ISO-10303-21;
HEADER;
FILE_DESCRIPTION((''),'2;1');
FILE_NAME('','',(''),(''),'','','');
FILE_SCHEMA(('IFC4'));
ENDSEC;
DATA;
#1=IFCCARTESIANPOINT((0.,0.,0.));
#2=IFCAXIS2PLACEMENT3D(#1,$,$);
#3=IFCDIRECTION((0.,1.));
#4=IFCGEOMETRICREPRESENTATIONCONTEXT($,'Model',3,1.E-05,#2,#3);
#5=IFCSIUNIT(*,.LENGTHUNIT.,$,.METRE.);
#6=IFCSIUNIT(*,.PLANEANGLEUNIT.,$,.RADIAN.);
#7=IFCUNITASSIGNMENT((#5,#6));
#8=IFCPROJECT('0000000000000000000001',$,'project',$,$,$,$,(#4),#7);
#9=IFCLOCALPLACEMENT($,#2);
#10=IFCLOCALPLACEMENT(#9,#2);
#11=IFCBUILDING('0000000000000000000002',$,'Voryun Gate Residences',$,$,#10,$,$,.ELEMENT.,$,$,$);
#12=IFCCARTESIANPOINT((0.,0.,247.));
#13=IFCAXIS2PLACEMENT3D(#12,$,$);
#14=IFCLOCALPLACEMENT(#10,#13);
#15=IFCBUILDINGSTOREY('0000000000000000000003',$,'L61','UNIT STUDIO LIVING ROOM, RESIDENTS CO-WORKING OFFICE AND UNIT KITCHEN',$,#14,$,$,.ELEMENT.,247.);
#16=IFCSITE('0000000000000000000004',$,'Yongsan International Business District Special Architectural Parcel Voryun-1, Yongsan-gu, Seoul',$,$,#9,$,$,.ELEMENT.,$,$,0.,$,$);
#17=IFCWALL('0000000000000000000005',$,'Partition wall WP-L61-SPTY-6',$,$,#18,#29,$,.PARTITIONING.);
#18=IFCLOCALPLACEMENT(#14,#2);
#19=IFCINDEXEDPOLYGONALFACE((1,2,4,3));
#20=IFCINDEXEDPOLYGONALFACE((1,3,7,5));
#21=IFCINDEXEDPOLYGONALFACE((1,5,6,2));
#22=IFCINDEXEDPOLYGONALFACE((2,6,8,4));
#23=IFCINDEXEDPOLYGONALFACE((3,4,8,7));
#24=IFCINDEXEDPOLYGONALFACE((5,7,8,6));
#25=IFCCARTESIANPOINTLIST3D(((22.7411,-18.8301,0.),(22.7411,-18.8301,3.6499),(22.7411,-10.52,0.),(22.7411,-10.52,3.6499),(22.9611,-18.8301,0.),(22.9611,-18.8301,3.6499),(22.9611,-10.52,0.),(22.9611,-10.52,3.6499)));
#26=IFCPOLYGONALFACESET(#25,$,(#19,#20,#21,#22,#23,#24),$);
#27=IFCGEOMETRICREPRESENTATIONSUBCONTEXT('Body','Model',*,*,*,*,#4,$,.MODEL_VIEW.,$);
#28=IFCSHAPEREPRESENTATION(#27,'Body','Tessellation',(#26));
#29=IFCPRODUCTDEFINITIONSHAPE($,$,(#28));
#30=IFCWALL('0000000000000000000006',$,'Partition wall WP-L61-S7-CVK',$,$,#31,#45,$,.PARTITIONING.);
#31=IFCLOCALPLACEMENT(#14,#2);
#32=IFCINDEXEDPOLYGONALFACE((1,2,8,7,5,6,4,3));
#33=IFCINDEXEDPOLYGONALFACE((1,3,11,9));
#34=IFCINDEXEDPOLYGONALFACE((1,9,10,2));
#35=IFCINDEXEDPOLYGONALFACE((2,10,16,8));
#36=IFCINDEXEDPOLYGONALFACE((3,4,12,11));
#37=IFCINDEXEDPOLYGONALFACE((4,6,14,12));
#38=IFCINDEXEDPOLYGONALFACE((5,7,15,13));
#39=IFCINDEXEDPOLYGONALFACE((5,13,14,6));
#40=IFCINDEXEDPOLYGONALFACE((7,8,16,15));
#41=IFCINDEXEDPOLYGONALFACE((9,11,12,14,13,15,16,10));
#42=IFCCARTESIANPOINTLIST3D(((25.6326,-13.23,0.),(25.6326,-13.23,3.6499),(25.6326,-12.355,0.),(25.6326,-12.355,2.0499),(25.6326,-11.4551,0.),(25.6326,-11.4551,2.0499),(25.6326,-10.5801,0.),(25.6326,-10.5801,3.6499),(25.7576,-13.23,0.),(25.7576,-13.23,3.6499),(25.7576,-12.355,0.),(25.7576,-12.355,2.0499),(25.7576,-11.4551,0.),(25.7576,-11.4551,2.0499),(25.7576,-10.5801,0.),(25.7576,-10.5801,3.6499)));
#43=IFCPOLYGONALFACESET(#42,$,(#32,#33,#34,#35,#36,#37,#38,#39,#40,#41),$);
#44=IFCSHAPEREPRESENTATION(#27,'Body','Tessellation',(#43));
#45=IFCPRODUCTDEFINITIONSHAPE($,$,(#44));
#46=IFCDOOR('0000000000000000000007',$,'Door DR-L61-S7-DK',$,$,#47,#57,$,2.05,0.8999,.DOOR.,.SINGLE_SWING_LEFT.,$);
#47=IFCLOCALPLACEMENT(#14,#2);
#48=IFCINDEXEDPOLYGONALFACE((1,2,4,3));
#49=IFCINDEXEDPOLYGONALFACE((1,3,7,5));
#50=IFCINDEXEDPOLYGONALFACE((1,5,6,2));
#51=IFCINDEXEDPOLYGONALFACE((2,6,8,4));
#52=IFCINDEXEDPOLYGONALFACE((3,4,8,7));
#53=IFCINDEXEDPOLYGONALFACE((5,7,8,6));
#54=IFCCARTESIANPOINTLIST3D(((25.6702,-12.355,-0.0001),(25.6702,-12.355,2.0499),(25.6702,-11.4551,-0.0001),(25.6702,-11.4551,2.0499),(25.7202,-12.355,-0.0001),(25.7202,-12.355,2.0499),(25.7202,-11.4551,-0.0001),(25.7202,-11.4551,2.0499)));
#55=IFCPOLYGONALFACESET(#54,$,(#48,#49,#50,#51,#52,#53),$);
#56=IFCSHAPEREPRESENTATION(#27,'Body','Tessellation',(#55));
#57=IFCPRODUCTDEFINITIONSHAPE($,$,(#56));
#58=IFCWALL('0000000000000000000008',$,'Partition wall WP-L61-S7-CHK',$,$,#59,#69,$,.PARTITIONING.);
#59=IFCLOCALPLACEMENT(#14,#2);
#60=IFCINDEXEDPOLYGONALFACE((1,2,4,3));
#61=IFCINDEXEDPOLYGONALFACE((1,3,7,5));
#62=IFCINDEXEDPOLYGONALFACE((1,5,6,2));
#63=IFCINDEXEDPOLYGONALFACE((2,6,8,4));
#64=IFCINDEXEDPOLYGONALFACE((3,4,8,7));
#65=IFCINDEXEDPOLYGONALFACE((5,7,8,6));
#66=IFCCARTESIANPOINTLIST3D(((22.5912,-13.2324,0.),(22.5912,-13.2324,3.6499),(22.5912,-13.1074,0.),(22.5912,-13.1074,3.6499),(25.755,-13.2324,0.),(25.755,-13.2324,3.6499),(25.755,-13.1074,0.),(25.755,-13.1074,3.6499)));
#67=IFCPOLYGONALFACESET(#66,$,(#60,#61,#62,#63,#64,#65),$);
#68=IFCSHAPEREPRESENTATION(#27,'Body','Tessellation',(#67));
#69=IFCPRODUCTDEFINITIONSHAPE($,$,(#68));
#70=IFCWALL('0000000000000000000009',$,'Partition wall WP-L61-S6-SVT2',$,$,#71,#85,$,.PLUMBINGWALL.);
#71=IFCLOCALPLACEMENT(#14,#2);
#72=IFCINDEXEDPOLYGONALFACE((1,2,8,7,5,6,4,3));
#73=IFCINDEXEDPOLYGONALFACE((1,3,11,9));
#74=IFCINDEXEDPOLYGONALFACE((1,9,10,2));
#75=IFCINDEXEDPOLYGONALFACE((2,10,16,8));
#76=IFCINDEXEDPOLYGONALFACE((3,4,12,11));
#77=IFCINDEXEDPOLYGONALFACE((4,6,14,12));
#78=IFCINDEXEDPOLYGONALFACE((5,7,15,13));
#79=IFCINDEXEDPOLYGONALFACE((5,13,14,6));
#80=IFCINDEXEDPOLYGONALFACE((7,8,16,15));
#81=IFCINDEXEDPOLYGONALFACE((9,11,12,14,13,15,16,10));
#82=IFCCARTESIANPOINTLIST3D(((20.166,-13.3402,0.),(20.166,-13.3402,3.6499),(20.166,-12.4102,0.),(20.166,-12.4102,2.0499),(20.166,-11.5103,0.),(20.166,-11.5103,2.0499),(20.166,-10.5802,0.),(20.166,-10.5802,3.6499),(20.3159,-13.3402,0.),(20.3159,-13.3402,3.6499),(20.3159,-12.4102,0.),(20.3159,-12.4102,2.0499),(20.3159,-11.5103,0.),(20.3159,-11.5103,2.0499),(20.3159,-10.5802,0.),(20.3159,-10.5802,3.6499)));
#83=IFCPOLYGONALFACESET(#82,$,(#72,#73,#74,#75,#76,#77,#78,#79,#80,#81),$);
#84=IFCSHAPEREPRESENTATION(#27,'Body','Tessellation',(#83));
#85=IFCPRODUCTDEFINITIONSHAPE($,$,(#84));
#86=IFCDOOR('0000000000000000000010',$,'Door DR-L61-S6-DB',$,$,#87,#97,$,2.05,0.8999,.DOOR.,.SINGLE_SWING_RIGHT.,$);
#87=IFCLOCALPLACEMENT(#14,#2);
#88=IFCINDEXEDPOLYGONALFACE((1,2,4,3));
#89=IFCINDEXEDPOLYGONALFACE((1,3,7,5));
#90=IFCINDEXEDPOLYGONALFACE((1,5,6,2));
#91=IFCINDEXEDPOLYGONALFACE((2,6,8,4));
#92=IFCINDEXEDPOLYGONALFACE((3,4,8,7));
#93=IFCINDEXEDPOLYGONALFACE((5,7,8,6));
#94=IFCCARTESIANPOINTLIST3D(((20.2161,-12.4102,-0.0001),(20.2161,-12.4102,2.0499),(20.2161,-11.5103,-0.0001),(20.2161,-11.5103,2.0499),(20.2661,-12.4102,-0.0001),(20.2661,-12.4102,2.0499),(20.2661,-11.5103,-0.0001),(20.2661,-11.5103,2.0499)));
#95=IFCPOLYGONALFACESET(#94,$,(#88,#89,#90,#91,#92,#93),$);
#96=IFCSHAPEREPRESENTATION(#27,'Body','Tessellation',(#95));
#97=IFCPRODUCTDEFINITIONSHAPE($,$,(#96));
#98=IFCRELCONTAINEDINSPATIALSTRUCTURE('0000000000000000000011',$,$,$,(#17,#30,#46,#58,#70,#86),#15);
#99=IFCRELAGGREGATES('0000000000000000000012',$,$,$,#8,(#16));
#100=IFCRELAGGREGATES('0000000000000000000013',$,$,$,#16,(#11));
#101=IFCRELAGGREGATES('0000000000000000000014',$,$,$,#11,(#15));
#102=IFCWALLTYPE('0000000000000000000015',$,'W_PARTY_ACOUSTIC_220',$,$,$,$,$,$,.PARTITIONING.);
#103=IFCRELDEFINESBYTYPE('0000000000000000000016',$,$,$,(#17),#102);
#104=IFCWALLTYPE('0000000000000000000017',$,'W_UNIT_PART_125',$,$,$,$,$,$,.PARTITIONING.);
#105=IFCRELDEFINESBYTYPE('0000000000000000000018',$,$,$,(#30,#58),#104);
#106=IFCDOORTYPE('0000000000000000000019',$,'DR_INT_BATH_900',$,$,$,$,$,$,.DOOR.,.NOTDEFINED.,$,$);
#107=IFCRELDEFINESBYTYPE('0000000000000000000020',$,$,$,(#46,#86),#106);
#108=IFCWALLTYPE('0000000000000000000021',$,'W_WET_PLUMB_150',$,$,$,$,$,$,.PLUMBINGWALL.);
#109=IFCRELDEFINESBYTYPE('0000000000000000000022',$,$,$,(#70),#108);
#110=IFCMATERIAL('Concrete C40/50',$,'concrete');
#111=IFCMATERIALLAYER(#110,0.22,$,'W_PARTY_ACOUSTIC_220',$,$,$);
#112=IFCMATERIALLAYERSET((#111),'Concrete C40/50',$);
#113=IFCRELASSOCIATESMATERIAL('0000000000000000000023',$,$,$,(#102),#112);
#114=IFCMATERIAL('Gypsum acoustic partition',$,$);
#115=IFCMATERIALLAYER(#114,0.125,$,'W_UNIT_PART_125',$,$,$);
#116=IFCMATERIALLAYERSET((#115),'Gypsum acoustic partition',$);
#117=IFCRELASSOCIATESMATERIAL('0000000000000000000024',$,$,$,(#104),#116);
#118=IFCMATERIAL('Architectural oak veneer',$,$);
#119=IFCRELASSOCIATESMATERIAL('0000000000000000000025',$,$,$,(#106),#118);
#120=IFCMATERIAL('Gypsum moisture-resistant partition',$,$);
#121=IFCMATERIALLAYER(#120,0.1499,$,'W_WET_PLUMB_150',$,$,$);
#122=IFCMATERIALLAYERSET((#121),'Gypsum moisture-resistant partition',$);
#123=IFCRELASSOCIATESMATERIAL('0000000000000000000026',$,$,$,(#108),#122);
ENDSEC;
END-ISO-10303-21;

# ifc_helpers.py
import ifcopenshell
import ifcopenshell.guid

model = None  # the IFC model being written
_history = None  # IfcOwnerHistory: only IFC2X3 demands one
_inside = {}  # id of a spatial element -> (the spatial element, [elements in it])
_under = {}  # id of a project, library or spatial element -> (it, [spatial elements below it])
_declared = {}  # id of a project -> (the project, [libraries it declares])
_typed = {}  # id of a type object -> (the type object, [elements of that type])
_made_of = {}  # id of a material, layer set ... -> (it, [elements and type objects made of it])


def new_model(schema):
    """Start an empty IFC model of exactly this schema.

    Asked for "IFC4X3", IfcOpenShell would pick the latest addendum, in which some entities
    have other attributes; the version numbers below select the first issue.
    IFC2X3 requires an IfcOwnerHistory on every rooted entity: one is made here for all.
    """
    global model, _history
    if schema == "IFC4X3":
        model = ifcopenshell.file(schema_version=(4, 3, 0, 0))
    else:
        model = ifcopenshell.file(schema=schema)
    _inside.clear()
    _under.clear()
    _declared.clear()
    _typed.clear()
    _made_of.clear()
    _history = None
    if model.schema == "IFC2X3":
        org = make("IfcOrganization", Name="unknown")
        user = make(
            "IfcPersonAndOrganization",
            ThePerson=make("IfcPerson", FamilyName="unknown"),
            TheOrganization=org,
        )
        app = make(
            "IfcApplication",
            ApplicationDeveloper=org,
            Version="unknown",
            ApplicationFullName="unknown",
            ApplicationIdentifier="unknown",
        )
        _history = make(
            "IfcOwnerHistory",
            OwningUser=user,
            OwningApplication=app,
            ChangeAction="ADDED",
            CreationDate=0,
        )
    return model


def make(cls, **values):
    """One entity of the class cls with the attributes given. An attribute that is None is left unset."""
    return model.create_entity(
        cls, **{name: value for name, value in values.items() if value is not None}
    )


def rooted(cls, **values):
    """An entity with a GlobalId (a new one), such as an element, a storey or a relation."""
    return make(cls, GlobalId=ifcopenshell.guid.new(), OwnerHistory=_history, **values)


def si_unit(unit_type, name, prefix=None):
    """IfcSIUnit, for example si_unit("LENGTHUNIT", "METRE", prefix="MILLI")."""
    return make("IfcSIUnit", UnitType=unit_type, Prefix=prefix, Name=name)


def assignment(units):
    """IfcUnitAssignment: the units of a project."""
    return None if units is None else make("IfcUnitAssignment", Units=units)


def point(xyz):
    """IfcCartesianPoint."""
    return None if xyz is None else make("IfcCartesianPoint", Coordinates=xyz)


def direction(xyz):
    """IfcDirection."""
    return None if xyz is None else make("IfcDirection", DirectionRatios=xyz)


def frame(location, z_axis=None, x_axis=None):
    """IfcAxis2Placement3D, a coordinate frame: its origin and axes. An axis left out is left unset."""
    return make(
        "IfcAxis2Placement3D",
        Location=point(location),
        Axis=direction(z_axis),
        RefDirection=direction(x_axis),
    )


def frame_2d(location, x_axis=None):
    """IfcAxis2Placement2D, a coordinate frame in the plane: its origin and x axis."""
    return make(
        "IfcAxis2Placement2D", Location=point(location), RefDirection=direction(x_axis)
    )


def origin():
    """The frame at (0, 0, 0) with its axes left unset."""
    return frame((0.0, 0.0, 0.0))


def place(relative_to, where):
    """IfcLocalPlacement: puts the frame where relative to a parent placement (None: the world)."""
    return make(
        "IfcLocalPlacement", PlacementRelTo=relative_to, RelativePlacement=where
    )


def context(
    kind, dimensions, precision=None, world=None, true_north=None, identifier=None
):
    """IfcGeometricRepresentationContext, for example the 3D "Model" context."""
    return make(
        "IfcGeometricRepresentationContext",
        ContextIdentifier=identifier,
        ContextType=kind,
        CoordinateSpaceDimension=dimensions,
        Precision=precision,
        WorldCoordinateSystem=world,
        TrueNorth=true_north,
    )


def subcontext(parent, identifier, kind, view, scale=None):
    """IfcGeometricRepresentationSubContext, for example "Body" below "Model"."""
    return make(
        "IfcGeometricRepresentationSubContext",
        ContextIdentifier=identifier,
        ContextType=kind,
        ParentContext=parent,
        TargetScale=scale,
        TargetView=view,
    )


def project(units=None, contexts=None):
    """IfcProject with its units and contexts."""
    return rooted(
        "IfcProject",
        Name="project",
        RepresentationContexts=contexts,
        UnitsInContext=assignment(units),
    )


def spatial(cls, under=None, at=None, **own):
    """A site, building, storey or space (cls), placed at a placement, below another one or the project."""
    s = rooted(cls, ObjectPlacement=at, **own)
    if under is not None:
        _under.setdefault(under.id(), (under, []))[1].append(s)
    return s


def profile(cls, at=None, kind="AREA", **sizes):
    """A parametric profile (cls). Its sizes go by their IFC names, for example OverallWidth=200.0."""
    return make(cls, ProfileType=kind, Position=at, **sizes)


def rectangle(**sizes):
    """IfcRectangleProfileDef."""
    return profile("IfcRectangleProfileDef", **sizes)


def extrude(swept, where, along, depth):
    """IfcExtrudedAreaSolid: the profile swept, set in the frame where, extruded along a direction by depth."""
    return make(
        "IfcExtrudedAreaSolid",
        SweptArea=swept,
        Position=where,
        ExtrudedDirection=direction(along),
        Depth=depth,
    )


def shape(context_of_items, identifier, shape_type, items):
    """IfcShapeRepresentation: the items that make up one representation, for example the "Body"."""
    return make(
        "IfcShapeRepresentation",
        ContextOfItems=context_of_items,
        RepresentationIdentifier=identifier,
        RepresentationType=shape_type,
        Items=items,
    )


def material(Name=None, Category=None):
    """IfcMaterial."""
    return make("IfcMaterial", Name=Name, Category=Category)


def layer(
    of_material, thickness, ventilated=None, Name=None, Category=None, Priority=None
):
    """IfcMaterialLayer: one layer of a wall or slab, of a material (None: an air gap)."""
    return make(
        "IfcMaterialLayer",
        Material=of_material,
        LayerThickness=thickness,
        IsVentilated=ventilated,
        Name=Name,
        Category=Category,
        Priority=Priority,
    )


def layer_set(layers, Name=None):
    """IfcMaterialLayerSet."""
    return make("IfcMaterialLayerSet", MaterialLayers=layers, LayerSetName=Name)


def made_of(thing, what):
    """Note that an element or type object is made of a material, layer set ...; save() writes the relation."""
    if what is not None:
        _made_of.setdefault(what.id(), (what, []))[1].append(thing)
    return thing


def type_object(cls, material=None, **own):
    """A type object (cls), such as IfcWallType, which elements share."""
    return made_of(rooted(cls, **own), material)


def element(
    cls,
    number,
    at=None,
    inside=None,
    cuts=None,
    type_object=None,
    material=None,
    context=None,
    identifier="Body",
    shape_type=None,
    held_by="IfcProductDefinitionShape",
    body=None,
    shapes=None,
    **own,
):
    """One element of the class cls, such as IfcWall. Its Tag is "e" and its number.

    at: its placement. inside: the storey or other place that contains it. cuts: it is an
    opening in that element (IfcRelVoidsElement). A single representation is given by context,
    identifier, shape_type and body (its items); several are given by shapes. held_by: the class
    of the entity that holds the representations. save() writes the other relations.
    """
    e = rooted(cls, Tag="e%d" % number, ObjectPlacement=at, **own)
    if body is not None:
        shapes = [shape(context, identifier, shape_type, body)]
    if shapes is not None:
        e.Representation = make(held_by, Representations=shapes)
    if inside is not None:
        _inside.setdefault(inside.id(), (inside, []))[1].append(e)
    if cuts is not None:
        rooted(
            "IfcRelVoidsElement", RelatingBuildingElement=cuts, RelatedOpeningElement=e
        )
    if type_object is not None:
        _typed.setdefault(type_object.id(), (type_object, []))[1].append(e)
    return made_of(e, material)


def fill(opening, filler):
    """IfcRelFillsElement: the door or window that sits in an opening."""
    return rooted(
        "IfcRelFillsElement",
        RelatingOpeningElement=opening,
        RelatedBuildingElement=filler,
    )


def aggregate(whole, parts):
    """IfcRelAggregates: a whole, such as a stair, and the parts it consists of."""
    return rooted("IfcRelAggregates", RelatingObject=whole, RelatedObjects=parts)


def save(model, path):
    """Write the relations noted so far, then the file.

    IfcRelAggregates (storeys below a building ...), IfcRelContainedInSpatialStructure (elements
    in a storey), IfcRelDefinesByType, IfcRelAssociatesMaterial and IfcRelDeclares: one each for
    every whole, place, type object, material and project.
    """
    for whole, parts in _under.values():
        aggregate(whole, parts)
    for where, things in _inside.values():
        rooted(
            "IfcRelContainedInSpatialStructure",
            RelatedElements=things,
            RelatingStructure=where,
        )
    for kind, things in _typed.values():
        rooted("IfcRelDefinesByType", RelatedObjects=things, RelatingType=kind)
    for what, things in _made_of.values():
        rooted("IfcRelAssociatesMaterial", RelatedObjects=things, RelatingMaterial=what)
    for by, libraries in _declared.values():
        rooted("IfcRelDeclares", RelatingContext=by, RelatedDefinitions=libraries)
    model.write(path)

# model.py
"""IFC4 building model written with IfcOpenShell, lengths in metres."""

from ifc_helpers import new_model, si_unit, direction, frame, frame_2d, origin, place, context, subcontext, project, spatial, rectangle, extrude, material, layer, layer_set, type_object, element, fill, save


model = new_model("IFC4")

# Units and contexts
model_context = context("Model", 3, precision=1e-05, world=origin(), true_north=direction((0.0, 1.0)))
body_context = subcontext(model_context, "Body", "Model", "MODEL_VIEW")
ifc_project = project(units=[si_unit("LENGTHUNIT", "METRE"), si_unit("PLANEANGLEUNIT", "RADIAN")], contexts=[model_context])

# Site, building, storey
site_placement = place(None, origin())
site = spatial("IfcSite", under=ifc_project, at=site_placement, Name="Yongsan International Business District Special Architectural Parcel Voryun-1, Yongsan-gu, Seoul", CompositionType="ELEMENT", RefElevation=0.0)
building_placement = place(site_placement, origin())
building = spatial("IfcBuilding", under=site, at=building_placement, Name="Voryun Gate Residences", CompositionType="ELEMENT")
storey_placement = place(building_placement, frame((0.0, 0.0, 247.0)))
storey = spatial("IfcBuildingStorey", under=building, at=storey_placement, Name="L61", Description="UNIT STUDIO LIVING ROOM, RESIDENTS CO-WORKING OFFICE AND UNIT KITCHEN", CompositionType="ELEMENT", Elevation=247.0)

# Wall
ifc_material_1 = material(Name="Concrete C40/50", Category="concrete")
ifc_layer_1 = layer(ifc_material_1, 0.22, Name="W_PARTY_ACOUSTIC_220")
ifc_layer_set_1 = layer_set([ifc_layer_1], Name="Concrete C40/50")
wall_type_1 = type_object("IfcWallType", Name="W_PARTY_ACOUSTIC_220", PredefinedType="PARTITIONING", material=ifc_layer_set_1)
wall_1_placement = place(storey_placement, frame((22.8511, -18.8301, 0.0), z_axis=(0.0, 0.0, 1.0), x_axis=(0.0, 1.0, 0.0)))
element("IfcWall", 1, at=wall_1_placement, inside=storey, type_object=wall_type_1, Name="Partition wall WP-L61-SPTY-6", PredefinedType="PARTITIONING", context=body_context, shape_type="SweptSolid", body=[
    extrude(rectangle(XDim=8.3101, YDim=0.22, at=frame_2d((4.155, 0.0))), origin(), (0.0, 0.0, 1.0), 3.6499),
])

# Wall, opening, door
ifc_material_2 = material(Name="Gypsum acoustic partition")
ifc_layer_2 = layer(ifc_material_2, 0.125, Name="W_UNIT_PART_125")
ifc_layer_set_2 = layer_set([ifc_layer_2], Name="Gypsum acoustic partition")
wall_type_2 = type_object("IfcWallType", Name="W_UNIT_PART_125", PredefinedType="PARTITIONING", material=ifc_layer_set_2)
wall_2_placement = place(storey_placement, frame((25.6951, -13.23, 0.0), z_axis=(0.0, 0.0, 1.0), x_axis=(0.0, 1.0, 0.0)))
wall_2 = element("IfcWall", 2, at=wall_2_placement, inside=storey, type_object=wall_type_2, Name="Partition wall WP-L61-S7-CVK", PredefinedType="PARTITIONING", context=body_context, shape_type="SweptSolid", body=[
    extrude(rectangle(XDim=2.6499, YDim=0.125, at=frame_2d((1.325, 0.0))), origin(), (0.0, 0.0, 1.0), 3.6499),
])
opening_1_placement = place(wall_2_placement, frame((0.875, 0.0, 0.0)))
opening_1 = element("IfcOpeningElement", 3, at=opening_1_placement, cuts=wall_2, PredefinedType="OPENING", context=body_context, shape_type="SweptSolid", body=[
    extrude(rectangle(XDim=0.8999, YDim=2.05, at=frame_2d((0.45, 1.0249))), frame((0.0, 0.0725, 0.0), z_axis=(0.0, -1.0, 0.0), x_axis=(1.0, 0.0, 0.0)), (0.0, 0.0, 1.0), 0.145),
])
ifc_material_3 = material(Name="Architectural oak veneer")
door_type = type_object("IfcDoorType", Name="DR_INT_BATH_900", OperationType="NOTDEFINED", PredefinedType="DOOR", material=ifc_material_3)
door_1_placement = place(opening_1_placement, origin())
door_1 = element("IfcDoor", 4, at=door_1_placement, inside=storey, type_object=door_type, Name="Door DR-L61-S7-DK", OperationType="SINGLE_SWING_LEFT", OverallHeight=2.05, OverallWidth=0.8999, PredefinedType="DOOR", context=body_context, shape_type="SweptSolid", body=[
    extrude(rectangle(XDim=0.8999, YDim=2.05, at=frame_2d((0.45, 1.0249))), frame((0.0, 0.0249, 0.0), z_axis=(0.0, -1.0, 0.0), x_axis=(1.0, 0.0, 0.0)), (0.0, 0.0, 1.0), 0.05),
])
fill(opening_1, door_1)

# Wall
wall_3_placement = place(storey_placement, frame((22.5911, -13.1699, 0.0), z_axis=(0.0, 0.0, 1.0), x_axis=(1.0, 0.0, 0.0)))
element("IfcWall", 5, at=wall_3_placement, inside=storey, type_object=wall_type_2, Name="Partition wall WP-L61-S7-CHK", PredefinedType="PARTITIONING", context=body_context, shape_type="SweptSolid", body=[
    extrude(rectangle(XDim=3.1638, YDim=0.125, at=frame_2d((1.582, 0.0))), origin(), (0.0, 0.0, 1.0), 3.6499),
])

# Wall, opening, door
ifc_material_4 = material(Name="Gypsum moisture-resistant partition")
ifc_layer_3 = layer(ifc_material_4, 0.1499, Name="W_WET_PLUMB_150")
ifc_layer_set_3 = layer_set([ifc_layer_3], Name="Gypsum moisture-resistant partition")
wall_type_3 = type_object("IfcWallType", Name="W_WET_PLUMB_150", PredefinedType="PLUMBINGWALL", material=ifc_layer_set_3)
wall_4_placement = place(storey_placement, frame((20.241, -13.3401, 0.0), z_axis=(0.0, 0.0, 1.0), x_axis=(0.0, 1.0, 0.0)))
wall_4 = element("IfcWall", 6, at=wall_4_placement, inside=storey, type_object=wall_type_3, Name="Partition wall WP-L61-S6-SVT2", PredefinedType="PLUMBINGWALL", context=body_context, shape_type="SweptSolid", body=[
    extrude(rectangle(XDim=2.76, YDim=0.1499, at=frame_2d((1.3799, 0.0))), origin(), (0.0, 0.0, 1.0), 3.6499),
])
opening_2_placement = place(wall_4_placement, frame((0.9299, 0.0, 0.0)))
opening_2 = element("IfcOpeningElement", 7, at=opening_2_placement, cuts=wall_4, PredefinedType="OPENING", context=body_context, shape_type="SweptSolid", body=[
    extrude(rectangle(XDim=0.8999, YDim=2.05, at=frame_2d((0.45, 1.0249))), frame((0.0, 0.085, 0.0), z_axis=(0.0, -1.0, 0.0), x_axis=(1.0, 0.0, 0.0)), (0.0, 0.0, 1.0), 0.1699),
])
door_2_placement = place(opening_2_placement, origin())
door_2 = element("IfcDoor", 8, at=door_2_placement, inside=storey, type_object=door_type, Name="Door DR-L61-S6-DB", OperationType="SINGLE_SWING_RIGHT", OverallHeight=2.05, OverallWidth=0.8999, PredefinedType="DOOR", context=body_context, shape_type="SweptSolid", body=[
    extrude(rectangle(XDim=0.8999, YDim=2.05, at=frame_2d((0.45, 1.0249))), frame((0.0, 0.0249, 0.0), z_axis=(0.0, -1.0, 0.0), x_axis=(1.0, 0.0, 0.0)), (0.0, 0.0, 1.0), 0.05),
])
fill(opening_2, door_2)

save(model, "model.ifc")
